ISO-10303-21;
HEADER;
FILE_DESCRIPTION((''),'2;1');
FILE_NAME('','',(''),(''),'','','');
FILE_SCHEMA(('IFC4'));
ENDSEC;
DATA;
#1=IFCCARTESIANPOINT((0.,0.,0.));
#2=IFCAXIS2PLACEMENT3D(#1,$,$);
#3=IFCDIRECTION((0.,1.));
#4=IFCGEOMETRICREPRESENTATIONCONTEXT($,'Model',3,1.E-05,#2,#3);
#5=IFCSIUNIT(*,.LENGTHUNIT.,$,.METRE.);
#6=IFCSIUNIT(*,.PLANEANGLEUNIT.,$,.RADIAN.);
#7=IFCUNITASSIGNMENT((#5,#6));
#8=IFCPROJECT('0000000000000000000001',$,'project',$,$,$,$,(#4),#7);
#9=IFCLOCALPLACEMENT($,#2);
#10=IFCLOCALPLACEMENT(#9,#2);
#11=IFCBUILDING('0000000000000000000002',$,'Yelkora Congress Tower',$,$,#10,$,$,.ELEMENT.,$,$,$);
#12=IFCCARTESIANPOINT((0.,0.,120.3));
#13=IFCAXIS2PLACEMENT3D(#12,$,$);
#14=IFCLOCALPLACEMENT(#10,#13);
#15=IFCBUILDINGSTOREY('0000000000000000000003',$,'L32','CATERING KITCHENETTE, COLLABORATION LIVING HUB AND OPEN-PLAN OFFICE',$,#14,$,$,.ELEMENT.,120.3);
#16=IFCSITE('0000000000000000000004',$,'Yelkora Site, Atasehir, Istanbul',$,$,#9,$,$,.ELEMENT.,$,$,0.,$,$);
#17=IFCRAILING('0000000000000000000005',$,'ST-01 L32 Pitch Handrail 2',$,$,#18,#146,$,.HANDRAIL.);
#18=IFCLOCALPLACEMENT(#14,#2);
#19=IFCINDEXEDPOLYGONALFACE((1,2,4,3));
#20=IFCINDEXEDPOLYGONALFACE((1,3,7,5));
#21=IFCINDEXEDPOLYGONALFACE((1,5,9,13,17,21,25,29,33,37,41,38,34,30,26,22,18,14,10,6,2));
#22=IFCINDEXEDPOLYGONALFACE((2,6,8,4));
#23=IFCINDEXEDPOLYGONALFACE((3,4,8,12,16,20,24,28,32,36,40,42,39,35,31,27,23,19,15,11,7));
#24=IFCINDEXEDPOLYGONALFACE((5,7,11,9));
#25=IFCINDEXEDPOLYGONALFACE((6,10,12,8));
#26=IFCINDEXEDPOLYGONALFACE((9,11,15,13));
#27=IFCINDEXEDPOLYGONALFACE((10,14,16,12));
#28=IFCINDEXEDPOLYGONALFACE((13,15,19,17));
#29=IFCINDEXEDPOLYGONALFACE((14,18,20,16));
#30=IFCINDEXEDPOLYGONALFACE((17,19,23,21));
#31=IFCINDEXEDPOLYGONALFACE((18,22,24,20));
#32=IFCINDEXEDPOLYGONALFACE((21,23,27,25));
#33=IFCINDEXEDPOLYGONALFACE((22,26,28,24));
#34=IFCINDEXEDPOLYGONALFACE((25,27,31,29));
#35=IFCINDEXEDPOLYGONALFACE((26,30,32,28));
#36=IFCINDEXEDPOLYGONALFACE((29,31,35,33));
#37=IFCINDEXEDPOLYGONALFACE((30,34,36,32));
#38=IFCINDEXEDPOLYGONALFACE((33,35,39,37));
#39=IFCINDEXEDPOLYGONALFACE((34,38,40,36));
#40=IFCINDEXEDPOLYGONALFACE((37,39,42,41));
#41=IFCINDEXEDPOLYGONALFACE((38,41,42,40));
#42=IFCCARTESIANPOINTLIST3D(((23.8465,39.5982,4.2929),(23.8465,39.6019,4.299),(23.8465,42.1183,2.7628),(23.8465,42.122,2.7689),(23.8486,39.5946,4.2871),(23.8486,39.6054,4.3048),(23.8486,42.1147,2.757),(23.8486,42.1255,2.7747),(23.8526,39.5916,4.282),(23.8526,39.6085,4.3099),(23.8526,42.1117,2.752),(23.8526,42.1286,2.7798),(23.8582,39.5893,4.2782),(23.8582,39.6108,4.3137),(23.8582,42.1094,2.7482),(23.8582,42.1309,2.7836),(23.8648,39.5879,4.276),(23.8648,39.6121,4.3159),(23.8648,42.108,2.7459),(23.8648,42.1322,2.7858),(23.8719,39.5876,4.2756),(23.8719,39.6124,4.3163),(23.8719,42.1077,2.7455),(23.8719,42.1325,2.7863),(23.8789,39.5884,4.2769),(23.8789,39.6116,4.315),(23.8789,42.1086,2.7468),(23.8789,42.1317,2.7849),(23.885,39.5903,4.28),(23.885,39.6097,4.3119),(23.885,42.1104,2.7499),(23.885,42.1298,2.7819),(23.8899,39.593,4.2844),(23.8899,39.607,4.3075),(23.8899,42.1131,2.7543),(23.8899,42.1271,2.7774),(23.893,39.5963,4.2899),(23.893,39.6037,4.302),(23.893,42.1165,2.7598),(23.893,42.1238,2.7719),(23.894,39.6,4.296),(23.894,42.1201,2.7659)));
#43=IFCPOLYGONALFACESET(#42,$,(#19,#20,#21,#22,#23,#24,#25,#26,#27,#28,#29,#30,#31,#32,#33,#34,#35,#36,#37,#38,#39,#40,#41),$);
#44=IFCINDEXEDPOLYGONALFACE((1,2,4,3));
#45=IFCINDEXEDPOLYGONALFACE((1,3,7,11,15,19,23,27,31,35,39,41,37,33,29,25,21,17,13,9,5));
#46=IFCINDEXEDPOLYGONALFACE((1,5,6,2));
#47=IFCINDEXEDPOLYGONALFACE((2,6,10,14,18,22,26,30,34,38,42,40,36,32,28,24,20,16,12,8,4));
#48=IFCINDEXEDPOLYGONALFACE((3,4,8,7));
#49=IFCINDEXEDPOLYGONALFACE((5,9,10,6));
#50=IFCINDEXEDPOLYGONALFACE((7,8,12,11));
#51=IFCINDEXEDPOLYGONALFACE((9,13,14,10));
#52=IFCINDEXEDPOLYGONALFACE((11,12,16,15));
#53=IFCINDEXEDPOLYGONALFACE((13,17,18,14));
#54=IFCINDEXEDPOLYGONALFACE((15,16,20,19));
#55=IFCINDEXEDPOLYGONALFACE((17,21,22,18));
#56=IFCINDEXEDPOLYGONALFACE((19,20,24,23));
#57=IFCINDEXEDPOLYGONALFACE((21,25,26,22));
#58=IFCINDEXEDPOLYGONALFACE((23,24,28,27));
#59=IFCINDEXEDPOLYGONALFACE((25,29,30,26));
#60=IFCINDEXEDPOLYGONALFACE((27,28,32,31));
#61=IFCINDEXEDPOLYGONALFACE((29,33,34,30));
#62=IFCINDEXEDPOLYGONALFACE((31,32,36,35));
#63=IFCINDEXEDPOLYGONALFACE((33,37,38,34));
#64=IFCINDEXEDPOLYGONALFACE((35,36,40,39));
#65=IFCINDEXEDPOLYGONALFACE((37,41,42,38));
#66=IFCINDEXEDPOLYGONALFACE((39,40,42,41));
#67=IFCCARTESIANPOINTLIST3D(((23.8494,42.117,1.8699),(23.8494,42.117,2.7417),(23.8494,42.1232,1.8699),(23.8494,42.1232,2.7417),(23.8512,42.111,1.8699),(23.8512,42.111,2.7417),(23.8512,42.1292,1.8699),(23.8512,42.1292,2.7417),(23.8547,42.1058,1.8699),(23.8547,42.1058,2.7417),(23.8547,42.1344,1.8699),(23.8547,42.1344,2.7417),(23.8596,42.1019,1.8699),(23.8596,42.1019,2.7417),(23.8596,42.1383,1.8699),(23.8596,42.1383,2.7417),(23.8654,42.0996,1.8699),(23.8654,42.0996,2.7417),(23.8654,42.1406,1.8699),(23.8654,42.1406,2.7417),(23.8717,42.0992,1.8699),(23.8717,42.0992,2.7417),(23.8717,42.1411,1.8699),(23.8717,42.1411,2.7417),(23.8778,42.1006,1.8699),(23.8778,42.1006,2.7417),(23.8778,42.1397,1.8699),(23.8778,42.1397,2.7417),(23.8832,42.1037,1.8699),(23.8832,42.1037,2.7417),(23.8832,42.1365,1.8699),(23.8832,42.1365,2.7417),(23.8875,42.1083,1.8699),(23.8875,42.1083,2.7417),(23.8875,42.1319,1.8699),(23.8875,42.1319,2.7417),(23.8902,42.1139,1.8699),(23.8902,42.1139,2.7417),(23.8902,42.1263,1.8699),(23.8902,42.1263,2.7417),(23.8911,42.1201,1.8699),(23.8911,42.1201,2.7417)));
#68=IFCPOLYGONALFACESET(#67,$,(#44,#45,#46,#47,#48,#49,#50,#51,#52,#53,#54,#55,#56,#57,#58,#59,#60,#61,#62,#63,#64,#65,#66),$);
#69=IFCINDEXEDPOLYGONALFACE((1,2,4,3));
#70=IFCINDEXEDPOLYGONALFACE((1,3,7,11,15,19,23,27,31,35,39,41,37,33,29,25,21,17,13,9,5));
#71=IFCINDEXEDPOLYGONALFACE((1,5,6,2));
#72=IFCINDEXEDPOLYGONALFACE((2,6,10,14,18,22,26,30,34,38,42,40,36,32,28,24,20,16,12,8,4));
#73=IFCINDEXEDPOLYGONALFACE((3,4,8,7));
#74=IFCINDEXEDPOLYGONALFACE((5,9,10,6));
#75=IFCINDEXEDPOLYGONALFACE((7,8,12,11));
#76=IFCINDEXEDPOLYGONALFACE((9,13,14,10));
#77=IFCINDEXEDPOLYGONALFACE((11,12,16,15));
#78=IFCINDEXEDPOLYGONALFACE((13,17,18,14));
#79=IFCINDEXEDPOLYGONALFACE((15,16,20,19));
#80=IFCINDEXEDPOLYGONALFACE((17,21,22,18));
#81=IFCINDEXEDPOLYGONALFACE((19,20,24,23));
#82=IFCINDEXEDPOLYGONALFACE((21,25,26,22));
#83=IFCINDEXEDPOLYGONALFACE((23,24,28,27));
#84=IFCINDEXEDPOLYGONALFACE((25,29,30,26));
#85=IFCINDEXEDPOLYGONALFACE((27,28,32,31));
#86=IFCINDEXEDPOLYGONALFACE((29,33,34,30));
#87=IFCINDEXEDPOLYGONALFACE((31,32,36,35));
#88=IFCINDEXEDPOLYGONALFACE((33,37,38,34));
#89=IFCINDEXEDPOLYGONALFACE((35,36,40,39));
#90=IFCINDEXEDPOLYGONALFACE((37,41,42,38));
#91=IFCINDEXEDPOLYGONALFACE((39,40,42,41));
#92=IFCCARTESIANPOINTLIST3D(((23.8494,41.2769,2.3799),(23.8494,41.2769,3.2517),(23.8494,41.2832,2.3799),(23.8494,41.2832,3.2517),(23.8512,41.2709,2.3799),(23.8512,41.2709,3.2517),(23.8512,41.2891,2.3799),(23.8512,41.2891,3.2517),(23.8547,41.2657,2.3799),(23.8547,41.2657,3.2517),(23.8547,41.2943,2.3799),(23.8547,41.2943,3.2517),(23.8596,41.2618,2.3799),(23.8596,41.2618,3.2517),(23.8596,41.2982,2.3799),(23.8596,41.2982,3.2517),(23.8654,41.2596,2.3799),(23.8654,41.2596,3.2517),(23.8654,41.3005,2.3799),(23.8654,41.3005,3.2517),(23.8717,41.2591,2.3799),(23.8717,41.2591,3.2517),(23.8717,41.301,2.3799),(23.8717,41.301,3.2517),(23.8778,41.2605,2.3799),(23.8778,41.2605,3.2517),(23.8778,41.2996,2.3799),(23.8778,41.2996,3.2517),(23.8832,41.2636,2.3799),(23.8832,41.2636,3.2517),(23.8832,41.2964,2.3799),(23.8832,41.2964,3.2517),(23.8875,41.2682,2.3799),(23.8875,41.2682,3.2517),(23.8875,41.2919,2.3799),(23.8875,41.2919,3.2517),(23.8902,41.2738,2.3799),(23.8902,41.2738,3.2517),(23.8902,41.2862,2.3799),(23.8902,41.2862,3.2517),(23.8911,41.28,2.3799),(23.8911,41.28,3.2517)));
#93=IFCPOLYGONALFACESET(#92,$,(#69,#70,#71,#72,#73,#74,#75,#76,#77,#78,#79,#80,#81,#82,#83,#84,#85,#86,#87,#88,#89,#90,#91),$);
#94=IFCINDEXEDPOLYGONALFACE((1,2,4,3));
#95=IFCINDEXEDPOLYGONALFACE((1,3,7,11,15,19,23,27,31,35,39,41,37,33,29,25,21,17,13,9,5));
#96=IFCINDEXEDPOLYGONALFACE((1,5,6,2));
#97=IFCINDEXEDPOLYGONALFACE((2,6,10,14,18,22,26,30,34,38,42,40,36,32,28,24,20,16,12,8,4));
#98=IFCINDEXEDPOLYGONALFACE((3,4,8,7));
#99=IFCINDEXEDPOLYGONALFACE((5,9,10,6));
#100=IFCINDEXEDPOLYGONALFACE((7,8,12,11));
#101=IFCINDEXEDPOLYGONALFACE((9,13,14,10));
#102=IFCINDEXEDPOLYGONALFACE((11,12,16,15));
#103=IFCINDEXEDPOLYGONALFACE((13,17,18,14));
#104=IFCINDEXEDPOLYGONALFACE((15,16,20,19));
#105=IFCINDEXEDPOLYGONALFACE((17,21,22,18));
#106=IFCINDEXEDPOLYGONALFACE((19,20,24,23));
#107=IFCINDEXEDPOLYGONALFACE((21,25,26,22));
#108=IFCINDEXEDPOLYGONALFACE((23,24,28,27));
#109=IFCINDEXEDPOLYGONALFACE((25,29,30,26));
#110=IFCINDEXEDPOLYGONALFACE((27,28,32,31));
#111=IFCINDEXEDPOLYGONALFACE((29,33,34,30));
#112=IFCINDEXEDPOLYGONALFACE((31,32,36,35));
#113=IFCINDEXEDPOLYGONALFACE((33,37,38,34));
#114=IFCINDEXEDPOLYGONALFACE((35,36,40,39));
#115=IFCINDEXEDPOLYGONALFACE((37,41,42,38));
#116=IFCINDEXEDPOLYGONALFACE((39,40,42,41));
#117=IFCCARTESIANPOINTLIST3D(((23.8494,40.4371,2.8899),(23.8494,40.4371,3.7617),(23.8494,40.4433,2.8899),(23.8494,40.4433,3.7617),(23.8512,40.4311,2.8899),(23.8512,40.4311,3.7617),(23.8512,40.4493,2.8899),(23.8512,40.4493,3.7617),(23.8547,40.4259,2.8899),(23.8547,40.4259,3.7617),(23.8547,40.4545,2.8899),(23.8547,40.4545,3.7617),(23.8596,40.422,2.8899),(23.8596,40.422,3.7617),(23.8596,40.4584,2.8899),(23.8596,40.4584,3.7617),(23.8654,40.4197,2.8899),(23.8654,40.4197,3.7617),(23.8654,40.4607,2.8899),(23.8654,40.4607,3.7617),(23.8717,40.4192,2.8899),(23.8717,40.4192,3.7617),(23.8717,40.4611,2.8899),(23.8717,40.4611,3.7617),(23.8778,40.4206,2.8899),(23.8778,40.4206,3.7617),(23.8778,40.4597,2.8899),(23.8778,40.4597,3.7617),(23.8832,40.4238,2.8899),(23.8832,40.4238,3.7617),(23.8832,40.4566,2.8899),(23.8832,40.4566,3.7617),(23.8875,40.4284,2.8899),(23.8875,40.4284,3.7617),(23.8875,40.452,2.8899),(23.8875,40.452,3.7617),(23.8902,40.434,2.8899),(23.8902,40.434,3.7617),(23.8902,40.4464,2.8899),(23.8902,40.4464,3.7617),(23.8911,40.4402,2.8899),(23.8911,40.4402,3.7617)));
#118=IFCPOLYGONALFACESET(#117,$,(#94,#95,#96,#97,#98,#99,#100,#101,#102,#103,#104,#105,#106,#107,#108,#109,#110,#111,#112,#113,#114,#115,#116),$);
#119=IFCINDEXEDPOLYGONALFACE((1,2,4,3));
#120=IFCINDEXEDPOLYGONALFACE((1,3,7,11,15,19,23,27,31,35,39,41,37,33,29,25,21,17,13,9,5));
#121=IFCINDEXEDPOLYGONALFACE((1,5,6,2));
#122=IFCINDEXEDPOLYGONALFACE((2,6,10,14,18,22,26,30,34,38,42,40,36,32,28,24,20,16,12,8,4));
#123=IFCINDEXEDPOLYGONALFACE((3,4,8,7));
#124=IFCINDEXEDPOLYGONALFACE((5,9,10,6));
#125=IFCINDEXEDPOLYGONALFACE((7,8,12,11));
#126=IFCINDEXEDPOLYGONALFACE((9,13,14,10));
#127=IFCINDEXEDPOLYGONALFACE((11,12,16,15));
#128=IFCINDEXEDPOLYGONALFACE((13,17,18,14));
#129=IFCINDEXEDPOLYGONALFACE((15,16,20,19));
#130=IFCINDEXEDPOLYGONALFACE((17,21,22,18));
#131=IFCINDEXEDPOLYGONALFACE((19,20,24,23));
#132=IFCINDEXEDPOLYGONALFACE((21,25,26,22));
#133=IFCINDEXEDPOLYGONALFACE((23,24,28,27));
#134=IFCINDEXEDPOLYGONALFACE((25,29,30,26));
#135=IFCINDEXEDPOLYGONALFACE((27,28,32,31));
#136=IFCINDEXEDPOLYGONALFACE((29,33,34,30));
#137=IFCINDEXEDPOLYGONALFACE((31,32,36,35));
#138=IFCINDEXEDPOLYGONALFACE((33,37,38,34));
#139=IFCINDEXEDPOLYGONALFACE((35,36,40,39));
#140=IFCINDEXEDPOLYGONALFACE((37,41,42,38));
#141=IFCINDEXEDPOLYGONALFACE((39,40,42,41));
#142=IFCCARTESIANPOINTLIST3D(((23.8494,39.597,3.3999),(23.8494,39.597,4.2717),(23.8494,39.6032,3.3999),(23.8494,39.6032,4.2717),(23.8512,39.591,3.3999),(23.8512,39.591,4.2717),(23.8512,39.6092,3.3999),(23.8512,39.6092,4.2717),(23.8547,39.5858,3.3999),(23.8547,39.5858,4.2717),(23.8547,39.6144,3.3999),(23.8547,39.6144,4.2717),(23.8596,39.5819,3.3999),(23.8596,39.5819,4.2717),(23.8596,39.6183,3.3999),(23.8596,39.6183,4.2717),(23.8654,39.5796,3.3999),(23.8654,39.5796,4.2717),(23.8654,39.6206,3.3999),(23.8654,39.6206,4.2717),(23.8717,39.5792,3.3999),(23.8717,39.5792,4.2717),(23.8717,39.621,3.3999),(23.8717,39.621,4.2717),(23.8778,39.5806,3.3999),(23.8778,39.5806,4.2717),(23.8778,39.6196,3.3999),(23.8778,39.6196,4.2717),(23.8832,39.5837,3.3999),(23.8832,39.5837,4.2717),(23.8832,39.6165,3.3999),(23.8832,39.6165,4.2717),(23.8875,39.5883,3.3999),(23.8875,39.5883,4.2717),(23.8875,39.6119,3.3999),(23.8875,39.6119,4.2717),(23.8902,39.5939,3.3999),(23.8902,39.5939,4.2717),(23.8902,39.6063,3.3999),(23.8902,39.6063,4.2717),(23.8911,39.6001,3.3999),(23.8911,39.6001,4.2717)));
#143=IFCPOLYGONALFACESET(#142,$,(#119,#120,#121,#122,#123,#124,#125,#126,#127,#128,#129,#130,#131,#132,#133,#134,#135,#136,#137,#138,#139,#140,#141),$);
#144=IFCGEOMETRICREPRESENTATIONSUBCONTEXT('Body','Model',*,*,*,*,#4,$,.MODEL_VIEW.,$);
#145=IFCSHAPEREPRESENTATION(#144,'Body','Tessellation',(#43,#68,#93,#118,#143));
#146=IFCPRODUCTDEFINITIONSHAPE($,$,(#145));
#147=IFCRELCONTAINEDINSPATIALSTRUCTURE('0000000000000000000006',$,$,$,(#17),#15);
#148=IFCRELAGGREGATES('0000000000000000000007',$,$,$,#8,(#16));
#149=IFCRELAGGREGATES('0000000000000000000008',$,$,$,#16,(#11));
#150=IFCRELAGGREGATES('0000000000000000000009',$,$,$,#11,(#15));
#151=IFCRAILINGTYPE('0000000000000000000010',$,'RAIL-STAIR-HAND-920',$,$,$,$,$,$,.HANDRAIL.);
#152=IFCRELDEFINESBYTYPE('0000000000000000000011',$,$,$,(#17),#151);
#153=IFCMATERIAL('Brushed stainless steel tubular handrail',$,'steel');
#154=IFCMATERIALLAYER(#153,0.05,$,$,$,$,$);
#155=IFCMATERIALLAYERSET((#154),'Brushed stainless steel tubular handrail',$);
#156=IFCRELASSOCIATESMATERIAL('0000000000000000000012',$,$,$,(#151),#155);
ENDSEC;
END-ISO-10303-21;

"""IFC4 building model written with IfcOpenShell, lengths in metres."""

from ifc_helpers import new_model, si_unit, direction, frame, origin, origin_2d, place, context, subcontext, project, spatial, circle, extrude, material, layer, layer_set, type_object, element, save


model = new_model("IFC4")

# Units and contexts
model_context = context("Model", 3, precision=1e-05, world=origin(), true_north=direction((0.0, 1.0)))
body_context = subcontext(model_context, "Body", "Model", "MODEL_VIEW")
ifc_project = project(units=[si_unit("LENGTHUNIT", "METRE"), si_unit("PLANEANGLEUNIT", "RADIAN")], contexts=[model_context])

# Site, building, storey
site_placement = place(None, origin())
site = spatial("IfcSite", under=ifc_project, at=site_placement, Name="Yelkora Site, Atasehir, Istanbul", CompositionType="ELEMENT", RefElevation=0.0)
building_placement = place(site_placement, origin())
building = spatial("IfcBuilding", under=site, at=building_placement, Name="Yelkora Congress Tower", CompositionType="ELEMENT")
storey_placement = place(building_placement, frame((0.0, 0.0, 120.3)))
storey = spatial("IfcBuildingStorey", under=building, at=storey_placement, Name="L32", Description="CATERING KITCHENETTE, COLLABORATION LIVING HUB AND OPEN-PLAN OFFICE", CompositionType="ELEMENT", Elevation=120.3)

# Railing
ifc_material_1 = material(Name="Brushed stainless steel tubular handrail", Category="steel")
ifc_layer_1 = layer(ifc_material_1, 0.05)
ifc_layer_set_1 = layer_set([ifc_layer_1], Name="Brushed stainless steel tubular handrail")
railing_type_1 = type_object("IfcRailingType", Name="RAIL-STAIR-HAND-920", PredefinedType="HANDRAIL", material=ifc_layer_set_1)
railing_1_placement = place(storey_placement, frame((23.8701, 42.1201, 1.8699)))
element("IfcRailing", 1, at=railing_1_placement, inside=storey, type_object=railing_type_1, Name="ST-01 L32 Pitch Handrail 2", PredefinedType="HANDRAIL", context=body_context, shape_type="SweptSolid", body=[
    extrude(circle(Radius=0.0239, at=origin_2d()), frame((0.0, 0.0, 0.896), z_axis=(0.0, -0.854785, 0.518982), x_axis=(1.0, 0.0, 0.0)), (0.0, 0.0, 1.0), 2.9482),
    extrude(circle(Radius=0.021, at=origin_2d()), origin(), (0.0, 0.0, 1.0), 0.8718),
    extrude(circle(Radius=0.021, at=origin_2d()), frame((0.0, -0.8401, 0.51)), (0.0, 0.0, 1.0), 0.8718),
    extrude(circle(Radius=0.021, at=origin_2d()), frame((0.0, -1.6799, 1.02)), (0.0, 0.0, 1.0), 0.8718),
    extrude(circle(Radius=0.021, at=origin_2d()), frame((0.0, -2.52, 1.53)), (0.0, 0.0, 1.0), 0.8718),
])

save(model, "model.ifc")
